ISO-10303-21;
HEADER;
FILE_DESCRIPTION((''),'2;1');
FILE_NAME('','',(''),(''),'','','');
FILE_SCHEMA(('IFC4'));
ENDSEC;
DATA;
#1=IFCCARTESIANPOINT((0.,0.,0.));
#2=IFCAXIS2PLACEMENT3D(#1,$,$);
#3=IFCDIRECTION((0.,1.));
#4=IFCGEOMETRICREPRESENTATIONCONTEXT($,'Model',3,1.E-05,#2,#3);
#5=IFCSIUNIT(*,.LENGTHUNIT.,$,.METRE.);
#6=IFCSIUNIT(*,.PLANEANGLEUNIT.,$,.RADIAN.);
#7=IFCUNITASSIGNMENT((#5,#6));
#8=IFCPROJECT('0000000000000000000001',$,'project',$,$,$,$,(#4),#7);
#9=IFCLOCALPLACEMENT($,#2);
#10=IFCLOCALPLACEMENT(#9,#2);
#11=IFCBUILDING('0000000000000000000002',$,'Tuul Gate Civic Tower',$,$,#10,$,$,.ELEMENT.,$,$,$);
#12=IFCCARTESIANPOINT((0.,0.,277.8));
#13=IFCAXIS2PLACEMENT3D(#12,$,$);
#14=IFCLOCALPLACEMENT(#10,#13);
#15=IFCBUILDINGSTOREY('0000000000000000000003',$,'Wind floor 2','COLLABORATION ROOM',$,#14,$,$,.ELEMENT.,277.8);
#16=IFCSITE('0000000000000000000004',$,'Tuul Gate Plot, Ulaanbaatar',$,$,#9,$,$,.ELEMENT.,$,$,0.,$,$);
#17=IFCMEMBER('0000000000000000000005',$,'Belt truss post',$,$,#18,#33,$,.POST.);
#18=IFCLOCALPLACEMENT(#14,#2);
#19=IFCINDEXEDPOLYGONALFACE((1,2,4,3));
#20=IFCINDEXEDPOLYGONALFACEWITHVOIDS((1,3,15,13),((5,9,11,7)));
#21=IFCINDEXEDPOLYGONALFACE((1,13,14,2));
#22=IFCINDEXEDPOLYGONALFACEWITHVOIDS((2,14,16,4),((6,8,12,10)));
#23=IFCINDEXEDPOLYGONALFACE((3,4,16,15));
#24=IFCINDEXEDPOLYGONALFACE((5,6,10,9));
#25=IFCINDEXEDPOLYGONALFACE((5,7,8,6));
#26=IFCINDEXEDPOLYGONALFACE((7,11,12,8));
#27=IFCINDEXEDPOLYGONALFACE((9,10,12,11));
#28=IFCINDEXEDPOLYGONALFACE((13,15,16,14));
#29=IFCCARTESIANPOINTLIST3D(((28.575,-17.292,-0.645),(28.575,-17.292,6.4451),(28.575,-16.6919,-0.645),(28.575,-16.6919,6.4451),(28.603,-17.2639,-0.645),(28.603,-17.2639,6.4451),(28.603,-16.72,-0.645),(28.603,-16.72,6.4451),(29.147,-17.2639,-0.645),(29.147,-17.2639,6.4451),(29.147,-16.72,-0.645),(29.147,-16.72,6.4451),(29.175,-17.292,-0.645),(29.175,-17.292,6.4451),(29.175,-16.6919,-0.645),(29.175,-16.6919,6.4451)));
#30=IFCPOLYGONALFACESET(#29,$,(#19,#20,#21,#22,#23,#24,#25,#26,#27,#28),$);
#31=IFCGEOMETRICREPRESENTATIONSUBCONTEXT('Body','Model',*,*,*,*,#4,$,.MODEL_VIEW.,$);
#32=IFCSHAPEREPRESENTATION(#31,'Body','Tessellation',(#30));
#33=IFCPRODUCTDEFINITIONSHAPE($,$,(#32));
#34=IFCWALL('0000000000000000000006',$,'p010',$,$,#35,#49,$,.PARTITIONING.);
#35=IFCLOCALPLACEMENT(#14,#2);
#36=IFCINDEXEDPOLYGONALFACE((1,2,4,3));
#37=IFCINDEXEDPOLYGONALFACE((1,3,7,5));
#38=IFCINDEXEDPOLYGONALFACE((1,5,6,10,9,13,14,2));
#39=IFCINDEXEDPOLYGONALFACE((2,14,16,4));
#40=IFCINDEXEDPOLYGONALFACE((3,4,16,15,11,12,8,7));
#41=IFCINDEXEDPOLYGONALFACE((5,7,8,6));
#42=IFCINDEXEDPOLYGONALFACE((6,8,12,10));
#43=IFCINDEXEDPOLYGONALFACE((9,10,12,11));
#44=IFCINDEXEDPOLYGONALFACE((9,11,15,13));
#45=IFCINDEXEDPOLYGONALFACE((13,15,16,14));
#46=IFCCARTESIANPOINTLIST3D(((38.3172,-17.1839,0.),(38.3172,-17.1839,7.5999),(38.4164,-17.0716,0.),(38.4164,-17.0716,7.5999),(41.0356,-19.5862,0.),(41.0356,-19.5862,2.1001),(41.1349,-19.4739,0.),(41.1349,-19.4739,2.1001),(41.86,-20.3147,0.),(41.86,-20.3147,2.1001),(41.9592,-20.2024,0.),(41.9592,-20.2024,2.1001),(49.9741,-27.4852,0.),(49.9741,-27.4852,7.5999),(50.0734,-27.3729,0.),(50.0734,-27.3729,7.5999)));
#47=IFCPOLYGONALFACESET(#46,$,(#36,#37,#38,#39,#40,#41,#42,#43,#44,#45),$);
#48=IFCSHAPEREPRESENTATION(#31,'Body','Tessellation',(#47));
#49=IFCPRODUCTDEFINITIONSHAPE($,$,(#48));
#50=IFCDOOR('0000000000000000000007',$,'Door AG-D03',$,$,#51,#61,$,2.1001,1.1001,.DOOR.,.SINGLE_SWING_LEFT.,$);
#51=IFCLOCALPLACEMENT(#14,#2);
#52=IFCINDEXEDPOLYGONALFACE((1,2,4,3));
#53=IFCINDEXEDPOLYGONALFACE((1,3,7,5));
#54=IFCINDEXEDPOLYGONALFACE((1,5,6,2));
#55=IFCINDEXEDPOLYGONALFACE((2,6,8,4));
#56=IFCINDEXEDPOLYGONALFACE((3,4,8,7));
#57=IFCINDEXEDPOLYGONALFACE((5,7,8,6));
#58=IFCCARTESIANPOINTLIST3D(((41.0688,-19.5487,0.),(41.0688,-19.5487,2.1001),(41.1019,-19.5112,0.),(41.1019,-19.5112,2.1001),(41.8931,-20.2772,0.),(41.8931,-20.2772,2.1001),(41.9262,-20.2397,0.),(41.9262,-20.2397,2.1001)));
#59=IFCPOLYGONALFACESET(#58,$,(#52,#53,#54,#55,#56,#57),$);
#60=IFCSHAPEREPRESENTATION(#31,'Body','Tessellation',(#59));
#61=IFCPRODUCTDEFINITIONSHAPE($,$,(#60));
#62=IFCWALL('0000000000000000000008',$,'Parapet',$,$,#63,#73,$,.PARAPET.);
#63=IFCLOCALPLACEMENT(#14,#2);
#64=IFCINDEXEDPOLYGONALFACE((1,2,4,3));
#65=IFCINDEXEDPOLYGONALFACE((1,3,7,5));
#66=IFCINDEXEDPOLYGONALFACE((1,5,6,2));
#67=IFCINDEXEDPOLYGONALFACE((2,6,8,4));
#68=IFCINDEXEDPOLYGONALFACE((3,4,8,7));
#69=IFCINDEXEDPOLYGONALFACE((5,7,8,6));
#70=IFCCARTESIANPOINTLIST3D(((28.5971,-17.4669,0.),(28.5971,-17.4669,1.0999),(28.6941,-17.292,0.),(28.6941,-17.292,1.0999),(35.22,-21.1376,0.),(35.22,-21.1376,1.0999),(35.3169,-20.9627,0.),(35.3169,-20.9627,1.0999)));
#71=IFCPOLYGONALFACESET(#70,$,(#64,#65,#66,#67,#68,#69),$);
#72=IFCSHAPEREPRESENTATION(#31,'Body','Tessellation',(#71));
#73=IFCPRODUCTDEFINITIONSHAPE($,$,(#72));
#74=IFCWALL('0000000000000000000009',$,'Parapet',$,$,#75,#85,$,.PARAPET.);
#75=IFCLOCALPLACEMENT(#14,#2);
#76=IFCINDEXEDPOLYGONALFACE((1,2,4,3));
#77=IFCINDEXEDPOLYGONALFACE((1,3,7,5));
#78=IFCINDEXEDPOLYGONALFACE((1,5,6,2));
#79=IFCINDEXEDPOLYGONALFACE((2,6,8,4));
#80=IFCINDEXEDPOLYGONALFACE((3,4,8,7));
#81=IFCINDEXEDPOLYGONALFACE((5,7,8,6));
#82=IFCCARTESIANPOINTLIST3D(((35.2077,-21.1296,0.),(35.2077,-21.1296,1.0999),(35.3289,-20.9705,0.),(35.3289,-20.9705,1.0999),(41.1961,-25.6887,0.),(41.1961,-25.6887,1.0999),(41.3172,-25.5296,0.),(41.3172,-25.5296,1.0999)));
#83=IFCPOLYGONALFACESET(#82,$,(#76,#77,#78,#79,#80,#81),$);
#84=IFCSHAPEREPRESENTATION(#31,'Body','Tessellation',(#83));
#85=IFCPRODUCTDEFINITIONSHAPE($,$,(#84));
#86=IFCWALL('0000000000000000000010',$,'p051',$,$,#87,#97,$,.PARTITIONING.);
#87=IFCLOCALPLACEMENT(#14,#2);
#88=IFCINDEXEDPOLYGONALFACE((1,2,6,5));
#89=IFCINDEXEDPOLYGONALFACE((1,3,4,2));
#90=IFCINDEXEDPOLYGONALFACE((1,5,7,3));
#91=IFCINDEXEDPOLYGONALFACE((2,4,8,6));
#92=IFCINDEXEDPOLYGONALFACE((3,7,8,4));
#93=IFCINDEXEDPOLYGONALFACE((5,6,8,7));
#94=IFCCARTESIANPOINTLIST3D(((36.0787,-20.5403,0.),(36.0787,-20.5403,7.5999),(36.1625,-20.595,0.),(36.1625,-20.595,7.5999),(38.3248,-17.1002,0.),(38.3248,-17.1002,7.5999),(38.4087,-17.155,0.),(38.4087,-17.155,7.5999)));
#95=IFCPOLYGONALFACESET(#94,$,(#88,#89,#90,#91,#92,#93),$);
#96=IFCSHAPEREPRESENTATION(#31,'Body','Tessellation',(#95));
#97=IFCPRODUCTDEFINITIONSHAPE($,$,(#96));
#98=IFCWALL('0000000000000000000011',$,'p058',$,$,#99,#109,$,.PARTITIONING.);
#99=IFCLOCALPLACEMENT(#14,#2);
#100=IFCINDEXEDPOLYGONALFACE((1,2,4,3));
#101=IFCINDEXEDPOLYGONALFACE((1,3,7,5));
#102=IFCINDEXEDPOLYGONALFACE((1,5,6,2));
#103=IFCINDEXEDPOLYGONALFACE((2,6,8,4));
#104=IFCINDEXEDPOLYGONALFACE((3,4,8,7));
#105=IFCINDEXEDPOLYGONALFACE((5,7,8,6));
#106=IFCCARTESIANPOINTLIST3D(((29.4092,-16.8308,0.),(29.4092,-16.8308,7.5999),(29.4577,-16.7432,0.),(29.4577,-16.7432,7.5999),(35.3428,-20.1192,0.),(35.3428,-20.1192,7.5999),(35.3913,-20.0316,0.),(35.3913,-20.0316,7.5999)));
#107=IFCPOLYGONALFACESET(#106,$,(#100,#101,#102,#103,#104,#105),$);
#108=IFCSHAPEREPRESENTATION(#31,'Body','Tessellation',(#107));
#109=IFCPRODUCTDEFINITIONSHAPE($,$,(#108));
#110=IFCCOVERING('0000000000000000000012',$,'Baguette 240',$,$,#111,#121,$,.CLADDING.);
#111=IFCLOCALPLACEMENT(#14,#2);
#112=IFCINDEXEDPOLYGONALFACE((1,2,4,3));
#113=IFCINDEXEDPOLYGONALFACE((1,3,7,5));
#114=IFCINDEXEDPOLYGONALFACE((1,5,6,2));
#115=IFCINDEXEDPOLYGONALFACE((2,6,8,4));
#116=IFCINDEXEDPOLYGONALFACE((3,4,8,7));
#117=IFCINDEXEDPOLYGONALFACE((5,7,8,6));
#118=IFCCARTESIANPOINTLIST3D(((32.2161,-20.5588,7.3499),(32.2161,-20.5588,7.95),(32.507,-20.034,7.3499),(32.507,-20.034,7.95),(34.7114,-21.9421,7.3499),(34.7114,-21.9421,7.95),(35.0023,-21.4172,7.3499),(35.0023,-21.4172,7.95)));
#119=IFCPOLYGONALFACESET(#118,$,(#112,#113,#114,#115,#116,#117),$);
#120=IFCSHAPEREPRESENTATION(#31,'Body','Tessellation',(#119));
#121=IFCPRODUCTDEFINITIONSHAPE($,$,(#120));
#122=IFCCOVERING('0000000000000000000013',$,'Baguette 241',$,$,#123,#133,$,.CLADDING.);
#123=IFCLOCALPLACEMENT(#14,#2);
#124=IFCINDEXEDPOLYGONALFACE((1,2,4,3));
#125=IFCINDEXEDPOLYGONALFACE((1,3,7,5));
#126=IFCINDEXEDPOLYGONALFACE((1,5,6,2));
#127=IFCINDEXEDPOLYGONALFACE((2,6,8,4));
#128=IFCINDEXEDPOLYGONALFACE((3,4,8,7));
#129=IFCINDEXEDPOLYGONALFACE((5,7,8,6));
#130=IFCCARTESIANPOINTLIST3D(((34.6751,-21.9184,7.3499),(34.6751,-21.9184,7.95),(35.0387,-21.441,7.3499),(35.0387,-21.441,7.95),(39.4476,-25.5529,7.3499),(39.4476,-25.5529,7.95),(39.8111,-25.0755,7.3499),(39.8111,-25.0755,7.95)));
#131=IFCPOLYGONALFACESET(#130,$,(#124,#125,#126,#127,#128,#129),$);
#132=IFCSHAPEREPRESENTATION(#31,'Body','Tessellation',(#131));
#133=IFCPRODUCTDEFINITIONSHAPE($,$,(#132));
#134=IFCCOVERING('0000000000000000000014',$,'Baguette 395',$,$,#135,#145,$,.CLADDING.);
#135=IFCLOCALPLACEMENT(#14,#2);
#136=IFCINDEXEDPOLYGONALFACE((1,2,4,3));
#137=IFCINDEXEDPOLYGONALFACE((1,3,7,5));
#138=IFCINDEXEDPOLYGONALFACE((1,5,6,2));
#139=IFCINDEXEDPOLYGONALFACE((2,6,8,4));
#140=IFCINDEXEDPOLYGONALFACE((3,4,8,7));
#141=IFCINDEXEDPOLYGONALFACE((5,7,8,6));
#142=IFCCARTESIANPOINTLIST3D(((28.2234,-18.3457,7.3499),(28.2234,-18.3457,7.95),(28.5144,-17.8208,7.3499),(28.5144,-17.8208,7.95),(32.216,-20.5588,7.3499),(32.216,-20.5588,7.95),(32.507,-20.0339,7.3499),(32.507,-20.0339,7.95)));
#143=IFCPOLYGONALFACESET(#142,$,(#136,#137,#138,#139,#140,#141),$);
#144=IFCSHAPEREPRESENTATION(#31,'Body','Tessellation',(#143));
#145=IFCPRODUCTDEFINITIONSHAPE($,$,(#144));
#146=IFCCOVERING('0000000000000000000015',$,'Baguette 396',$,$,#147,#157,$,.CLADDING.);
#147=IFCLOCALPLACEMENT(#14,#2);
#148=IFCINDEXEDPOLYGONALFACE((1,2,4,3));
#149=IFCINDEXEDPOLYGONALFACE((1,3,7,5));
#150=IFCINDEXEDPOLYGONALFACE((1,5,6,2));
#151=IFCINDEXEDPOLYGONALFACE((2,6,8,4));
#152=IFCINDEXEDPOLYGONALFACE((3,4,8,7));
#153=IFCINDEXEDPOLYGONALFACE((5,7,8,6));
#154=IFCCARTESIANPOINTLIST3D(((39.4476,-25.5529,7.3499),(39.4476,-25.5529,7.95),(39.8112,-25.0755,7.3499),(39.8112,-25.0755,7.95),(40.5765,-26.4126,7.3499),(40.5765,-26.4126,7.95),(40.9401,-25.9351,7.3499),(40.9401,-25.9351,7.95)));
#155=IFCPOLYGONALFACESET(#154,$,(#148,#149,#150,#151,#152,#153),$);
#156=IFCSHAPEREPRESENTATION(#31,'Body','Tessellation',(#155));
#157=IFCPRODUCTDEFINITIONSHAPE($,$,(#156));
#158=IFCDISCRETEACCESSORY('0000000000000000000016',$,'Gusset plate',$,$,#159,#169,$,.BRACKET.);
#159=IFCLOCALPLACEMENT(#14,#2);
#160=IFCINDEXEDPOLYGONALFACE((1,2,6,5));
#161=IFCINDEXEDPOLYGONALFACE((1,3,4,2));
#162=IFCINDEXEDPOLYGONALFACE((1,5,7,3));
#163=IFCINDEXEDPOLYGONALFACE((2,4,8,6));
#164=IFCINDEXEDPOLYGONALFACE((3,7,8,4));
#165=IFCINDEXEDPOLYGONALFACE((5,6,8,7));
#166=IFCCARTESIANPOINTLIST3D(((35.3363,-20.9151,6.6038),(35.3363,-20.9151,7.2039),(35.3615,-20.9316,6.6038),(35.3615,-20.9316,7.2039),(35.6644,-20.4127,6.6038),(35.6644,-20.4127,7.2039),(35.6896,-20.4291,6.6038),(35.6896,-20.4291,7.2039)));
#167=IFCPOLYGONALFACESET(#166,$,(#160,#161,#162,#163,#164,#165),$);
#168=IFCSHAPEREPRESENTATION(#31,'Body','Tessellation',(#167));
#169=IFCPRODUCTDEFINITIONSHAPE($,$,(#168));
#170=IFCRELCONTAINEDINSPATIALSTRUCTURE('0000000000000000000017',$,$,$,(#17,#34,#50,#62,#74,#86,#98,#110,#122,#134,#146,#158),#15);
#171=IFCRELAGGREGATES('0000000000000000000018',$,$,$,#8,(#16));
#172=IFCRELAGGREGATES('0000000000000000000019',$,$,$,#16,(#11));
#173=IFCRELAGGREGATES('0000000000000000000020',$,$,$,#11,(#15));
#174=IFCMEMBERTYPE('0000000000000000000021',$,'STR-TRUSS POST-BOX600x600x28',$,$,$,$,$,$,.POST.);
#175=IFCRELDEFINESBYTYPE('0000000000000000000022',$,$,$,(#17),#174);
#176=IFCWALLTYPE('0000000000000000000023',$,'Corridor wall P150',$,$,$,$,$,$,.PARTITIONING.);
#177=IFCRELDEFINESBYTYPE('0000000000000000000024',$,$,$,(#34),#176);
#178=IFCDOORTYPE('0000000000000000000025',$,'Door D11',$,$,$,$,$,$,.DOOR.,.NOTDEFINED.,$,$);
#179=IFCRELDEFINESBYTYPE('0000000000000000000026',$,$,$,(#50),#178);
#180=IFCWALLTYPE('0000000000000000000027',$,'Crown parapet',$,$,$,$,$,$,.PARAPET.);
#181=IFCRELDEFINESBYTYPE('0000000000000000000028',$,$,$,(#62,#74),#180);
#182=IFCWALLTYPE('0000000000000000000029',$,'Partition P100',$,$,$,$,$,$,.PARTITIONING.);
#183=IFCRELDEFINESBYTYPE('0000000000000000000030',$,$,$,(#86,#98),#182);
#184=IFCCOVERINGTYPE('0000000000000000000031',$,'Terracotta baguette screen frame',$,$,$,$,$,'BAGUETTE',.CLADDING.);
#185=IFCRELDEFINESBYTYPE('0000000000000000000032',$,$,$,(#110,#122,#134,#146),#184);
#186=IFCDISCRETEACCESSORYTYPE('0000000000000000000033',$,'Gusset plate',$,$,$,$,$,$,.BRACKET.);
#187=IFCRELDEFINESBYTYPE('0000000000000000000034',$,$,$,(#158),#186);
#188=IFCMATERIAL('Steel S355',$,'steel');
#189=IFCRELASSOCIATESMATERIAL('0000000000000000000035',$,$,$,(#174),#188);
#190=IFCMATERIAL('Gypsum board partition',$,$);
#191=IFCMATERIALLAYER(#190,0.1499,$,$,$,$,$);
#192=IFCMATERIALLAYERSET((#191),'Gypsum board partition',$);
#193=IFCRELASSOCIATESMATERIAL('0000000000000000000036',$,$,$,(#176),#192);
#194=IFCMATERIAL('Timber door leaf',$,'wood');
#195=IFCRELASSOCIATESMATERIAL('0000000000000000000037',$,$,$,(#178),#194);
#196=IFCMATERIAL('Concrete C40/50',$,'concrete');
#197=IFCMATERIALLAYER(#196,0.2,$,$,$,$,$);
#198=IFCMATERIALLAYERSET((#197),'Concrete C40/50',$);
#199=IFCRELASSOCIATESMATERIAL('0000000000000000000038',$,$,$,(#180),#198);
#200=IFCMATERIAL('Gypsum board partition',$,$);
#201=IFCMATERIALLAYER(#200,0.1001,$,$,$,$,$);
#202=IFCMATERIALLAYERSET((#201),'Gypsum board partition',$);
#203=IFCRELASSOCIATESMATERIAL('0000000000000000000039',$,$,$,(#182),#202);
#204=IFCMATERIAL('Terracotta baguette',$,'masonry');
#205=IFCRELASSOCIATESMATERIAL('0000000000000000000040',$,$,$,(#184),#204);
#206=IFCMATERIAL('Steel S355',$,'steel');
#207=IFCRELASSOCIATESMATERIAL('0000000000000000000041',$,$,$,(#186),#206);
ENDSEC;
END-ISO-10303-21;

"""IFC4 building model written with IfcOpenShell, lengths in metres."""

from ifc_helpers import new_model, si_unit, direction, frame, frame_2d, origin, origin_2d, place, context, subcontext, project, spatial, rectangle, hollow_rectangle, extrude, material, layer, layer_set, material_profile, profile_set, type_object, element, fill, save


model = new_model("IFC4")

# Units and contexts
model_context = context("Model", 3, precision=1e-05, world=origin(), true_north=direction((0.0, 1.0)))
body_context = subcontext(model_context, "Body", "Model", "MODEL_VIEW")
ifc_project = project(units=[si_unit("LENGTHUNIT", "METRE"), si_unit("PLANEANGLEUNIT", "RADIAN")], contexts=[model_context])

# Site, building, storey
site_placement = place(None, origin())
site = spatial("IfcSite", under=ifc_project, at=site_placement, Name="Tuul Gate Plot, Ulaanbaatar", CompositionType="ELEMENT", RefElevation=0.0)
building_placement = place(site_placement, origin())
building = spatial("IfcBuilding", under=site, at=building_placement, Name="Tuul Gate Civic Tower", CompositionType="ELEMENT")
storey_placement = place(building_placement, frame((0.0, 0.0, 277.8)))
storey = spatial("IfcBuildingStorey", under=building, at=storey_placement, Name="Wind floor 2", Description="COLLABORATION ROOM", CompositionType="ELEMENT", Elevation=277.8)

# Member
ifc_material_1 = material(Name="Steel S355", Category="steel")
ifc_material_profile_1 = material_profile(ifc_material_1, hollow_rectangle(XDim=0.6001, YDim=0.6001, WallThickness=0.0281, at=origin_2d()), Name="BOX600x600x28")
ifc_profile_set_1 = profile_set([ifc_material_profile_1], Name="Steel S355")
member_type_1 = type_object("IfcMemberType", Name="STR-TRUSS POST-BOX600x600x28", PredefinedType="POST", material=ifc_profile_set_1)
for number, where, z_axis, x_axis, name in (
    (1, (28.875, -16.9919, -0.645), (0.0, 0.0, 1.0), (1.0, 0.0, 0.0), "Belt truss post"),
):
    element("IfcMember", number, at=place(storey_placement, frame(where, z_axis=z_axis, x_axis=x_axis)), inside=storey, type_object=member_type_1, Name=name, PredefinedType="POST", context=body_context, shape_type="SweptSolid", body=[
        extrude(hollow_rectangle(XDim=0.6001, YDim=0.6001, WallThickness=0.0281, at=origin_2d()), origin(), (0.0, 0.0, 1.0), 7.0901),
    ])

# Wall, opening, door
ifc_material_2 = material(Name="Gypsum board partition")
ifc_layer_1 = layer(ifc_material_2, 0.1499)
ifc_layer_set_1 = layer_set([ifc_layer_1], Name="Gypsum board partition")
wall_type_1 = type_object("IfcWallType", Name="Corridor wall P150", PredefinedType="PARTITIONING", material=ifc_layer_set_1)
wall_1_placement = place(storey_placement, frame((38.3667, -17.1277, 0.0), z_axis=(0.0, 0.0, 1.0), x_axis=(0.749337, -0.662189, 0.0)))
wall_1 = element("IfcWall", 2, at=wall_1_placement, inside=storey, type_object=wall_type_1, Name="p010", PredefinedType="PARTITIONING", context=body_context, shape_type="SweptSolid", body=[
    extrude(rectangle(XDim=15.5564, YDim=0.1499, at=frame_2d((7.7783, 0.0))), origin(), (0.0, 0.0, 1.0), 7.5999),
])
opening_placement = place(wall_1_placement, frame((3.6279, 0.0, 0.0)))
opening = element("IfcOpeningElement", 3, at=opening_placement, cuts=wall_1, PredefinedType="OPENING", context=body_context, shape_type="SweptSolid", body=[
    extrude(rectangle(XDim=1.1001, YDim=2.1001, at=frame_2d((0.55, 1.05))), frame((0.0, 0.085, 0.0), z_axis=(0.0, -1.0, 0.0), x_axis=(1.0, 0.0, 0.0)), (0.0, 0.0, 1.0), 0.1699),
])
ifc_material_3 = material(Name="Timber door leaf", Category="wood")
door_type = type_object("IfcDoorType", Name="Door D11", OperationType="NOTDEFINED", PredefinedType="DOOR", material=ifc_material_3)
door_placement = place(opening_placement, frame((1.1001, 0.0, 0.0), z_axis=(0.0, 0.0, 1.0), x_axis=(-1.0, 0.0, 0.0)))
door = element("IfcDoor", 4, at=door_placement, inside=storey, type_object=door_type, Name="Door AG-D03", OperationType="SINGLE_SWING_LEFT", OverallHeight=2.1001, OverallWidth=1.1001, PredefinedType="DOOR", context=body_context, shape_type="SweptSolid", body=[
    extrude(rectangle(XDim=1.1001, YDim=2.1001, at=frame_2d((0.55, 1.05))), frame((0.0, 0.0249, 0.0), z_axis=(0.0, -1.0, 0.0), x_axis=(1.0, 0.0, 0.0)), (0.0, 0.0, 1.0), 0.05),
])
fill(opening, door)

# Walls
ifc_material_4 = material(Name="Concrete C40/50", Category="concrete")
ifc_layer_2 = layer(ifc_material_4, 0.2)
ifc_layer_set_2 = layer_set([ifc_layer_2], Name="Concrete C40/50")
wall_type_2 = type_object("IfcWallType", Name="Crown parapet", PredefinedType="PARAPET", material=ifc_layer_set_2)
wall_2_placement = place(storey_placement, frame((28.6455, -17.3794, 0.0), z_axis=(0.0, 0.0, 1.0), x_axis=(0.874644, -0.484767, 0.0)))
element("IfcWall", 5, at=wall_2_placement, inside=storey, type_object=wall_type_2, Name="Parapet", PredefinedType="PARAPET", context=body_context, shape_type="SweptSolid", body=[
    extrude(rectangle(XDim=7.572, YDim=0.2, at=frame_2d((3.7861, 0.0))), origin(), (0.0, 0.0, 1.0), 1.0999),
])
wall_3_placement = place(storey_placement, frame((35.2683, -21.05, 0.0), z_axis=(0.0, 0.0, 1.0), x_axis=(0.795651, -0.605756, 0.0)))
element("IfcWall", 6, at=wall_3_placement, inside=storey, type_object=wall_type_2, Name="Parapet", PredefinedType="PARAPET", context=body_context, shape_type="SweptSolid", body=[
    extrude(rectangle(XDim=7.5264, YDim=0.2, at=frame_2d((3.7632, 0.0))), origin(), (0.0, 0.0, 1.0), 1.0999),
])
ifc_material_5 = material(Name="Gypsum board partition")
ifc_layer_3 = layer(ifc_material_5, 0.1001)
ifc_layer_set_3 = layer_set([ifc_layer_3], Name="Gypsum board partition")
wall_type_3 = type_object("IfcWallType", Name="Partition P100", PredefinedType="PARTITIONING", material=ifc_layer_set_3)
wall_4_placement = place(storey_placement, frame((36.1206, -20.5676, 0.0), z_axis=(0.0, 0.0, 1.0), x_axis=(0.546721, 0.837315, 0.0)))
element("IfcWall", 7, at=wall_4_placement, inside=storey, type_object=wall_type_3, Name="p051", PredefinedType="PARTITIONING", context=body_context, shape_type="SweptSolid", body=[
    extrude(rectangle(XDim=4.1084, YDim=0.1001, at=frame_2d((2.0542, 0.0))), origin(), (0.0, 0.0, 1.0), 7.5999),
])
wall_5_placement = place(storey_placement, frame((35.3672, -20.0754, 0.0), z_axis=(0.0, 0.0, 1.0), x_axis=(-0.874664, 0.484729, 0.0)))
element("IfcWall", 8, at=wall_5_placement, inside=storey, type_object=wall_type_3, Name="p058", PredefinedType="PARTITIONING", context=body_context, shape_type="SweptSolid", body=[
    extrude(rectangle(XDim=6.7839, YDim=0.1001, at=frame_2d((3.3921, 0.0))), origin(), (0.0, 0.0, 1.0), 7.5999),
])

# Coverings
ifc_material_6 = material(Name="Terracotta baguette", Category="masonry")
ifc_material_profile_2 = material_profile(ifc_material_6, rectangle(XDim=0.6001, YDim=0.6001, at=origin_2d()), Name="Terracotta baguette screen frame")
ifc_profile_set_2 = profile_set([ifc_material_profile_2], Name="Terracotta baguette")
covering_type = type_object("IfcCoveringType", Name="Terracotta baguette screen frame", ElementType="BAGUETTE", PredefinedType="CLADDING", material=ifc_profile_set_2)
covering_1_placement = place(storey_placement, frame((32.3616, -20.2964, 7.6499), z_axis=(0.874605, -0.484836, 0.0), x_axis=(0.484836, 0.874605, 0.0)))
element("IfcCovering", 9, at=covering_1_placement, inside=storey, type_object=covering_type, Name="Baguette 240", PredefinedType="CLADDING", context=body_context, shape_type="SweptSolid", body=[
    extrude(rectangle(XDim=0.6001, YDim=0.6001, at=origin_2d()), origin(), (0.0, 0.0, 1.0), 2.853),
])
covering_2_placement = place(storey_placement, frame((34.8569, -21.6797, 7.6499), z_axis=(0.795563, -0.60587, 0.0), x_axis=(0.60587, 0.795563, 0.0)))
element("IfcCovering", 10, at=covering_2_placement, inside=storey, type_object=covering_type, Name="Baguette 241", PredefinedType="CLADDING", context=body_context, shape_type="SweptSolid", body=[
    extrude(rectangle(XDim=0.6001, YDim=0.6001, at=origin_2d()), origin(), (0.0, 0.0, 1.0), 5.9988),
])
covering_3_placement = place(storey_placement, frame((28.3689, -18.0833, 7.6499), z_axis=(0.874624, -0.484803, 0.0), x_axis=(0.484803, 0.874624, 0.0)))
element("IfcCovering", 11, at=covering_3_placement, inside=storey, type_object=covering_type, Name="Baguette 395", PredefinedType="CLADDING", context=body_context, shape_type="SweptSolid", body=[
    extrude(rectangle(XDim=0.6001, YDim=0.6001, at=origin_2d()), origin(), (0.0, 0.0, 1.0), 4.5649),
])
covering_4_placement = place(storey_placement, frame((39.6294, -25.3142, 7.6499), z_axis=(0.795602, -0.60582, 0.0), x_axis=(0.60582, 0.795602, 0.0)))
element("IfcCovering", 12, at=covering_4_placement, inside=storey, type_object=covering_type, Name="Baguette 396", PredefinedType="CLADDING", context=body_context, shape_type="SweptSolid", body=[
    extrude(rectangle(XDim=0.6001, YDim=0.6001, at=origin_2d()), origin(), (0.0, 0.0, 1.0), 1.4189),
])

# Discrete accessory
ifc_material_7 = material(Name="Steel S355", Category="steel")
discrete_accessory_type_1 = type_object("IfcDiscreteAccessoryType", Name="Gusset plate", PredefinedType="BRACKET", material=ifc_material_7)
discrete_accessory_1_placement = place(storey_placement, frame((35.5129, -20.6721, 6.6038), z_axis=(0.0, 0.0, 1.0), x_axis=(0.546743, 0.8373, 0.0)))
element("IfcDiscreteAccessory", 13, at=discrete_accessory_1_placement, inside=storey, type_object=discrete_accessory_type_1, Name="Gusset plate", PredefinedType="BRACKET", context=body_context, shape_type="SweptSolid", body=[
    extrude(rectangle(XDim=0.6001, YDim=0.03, at=origin_2d()), origin(), (0.0, 0.0, 1.0), 0.6001),
])

save(model, "model.ifc")
